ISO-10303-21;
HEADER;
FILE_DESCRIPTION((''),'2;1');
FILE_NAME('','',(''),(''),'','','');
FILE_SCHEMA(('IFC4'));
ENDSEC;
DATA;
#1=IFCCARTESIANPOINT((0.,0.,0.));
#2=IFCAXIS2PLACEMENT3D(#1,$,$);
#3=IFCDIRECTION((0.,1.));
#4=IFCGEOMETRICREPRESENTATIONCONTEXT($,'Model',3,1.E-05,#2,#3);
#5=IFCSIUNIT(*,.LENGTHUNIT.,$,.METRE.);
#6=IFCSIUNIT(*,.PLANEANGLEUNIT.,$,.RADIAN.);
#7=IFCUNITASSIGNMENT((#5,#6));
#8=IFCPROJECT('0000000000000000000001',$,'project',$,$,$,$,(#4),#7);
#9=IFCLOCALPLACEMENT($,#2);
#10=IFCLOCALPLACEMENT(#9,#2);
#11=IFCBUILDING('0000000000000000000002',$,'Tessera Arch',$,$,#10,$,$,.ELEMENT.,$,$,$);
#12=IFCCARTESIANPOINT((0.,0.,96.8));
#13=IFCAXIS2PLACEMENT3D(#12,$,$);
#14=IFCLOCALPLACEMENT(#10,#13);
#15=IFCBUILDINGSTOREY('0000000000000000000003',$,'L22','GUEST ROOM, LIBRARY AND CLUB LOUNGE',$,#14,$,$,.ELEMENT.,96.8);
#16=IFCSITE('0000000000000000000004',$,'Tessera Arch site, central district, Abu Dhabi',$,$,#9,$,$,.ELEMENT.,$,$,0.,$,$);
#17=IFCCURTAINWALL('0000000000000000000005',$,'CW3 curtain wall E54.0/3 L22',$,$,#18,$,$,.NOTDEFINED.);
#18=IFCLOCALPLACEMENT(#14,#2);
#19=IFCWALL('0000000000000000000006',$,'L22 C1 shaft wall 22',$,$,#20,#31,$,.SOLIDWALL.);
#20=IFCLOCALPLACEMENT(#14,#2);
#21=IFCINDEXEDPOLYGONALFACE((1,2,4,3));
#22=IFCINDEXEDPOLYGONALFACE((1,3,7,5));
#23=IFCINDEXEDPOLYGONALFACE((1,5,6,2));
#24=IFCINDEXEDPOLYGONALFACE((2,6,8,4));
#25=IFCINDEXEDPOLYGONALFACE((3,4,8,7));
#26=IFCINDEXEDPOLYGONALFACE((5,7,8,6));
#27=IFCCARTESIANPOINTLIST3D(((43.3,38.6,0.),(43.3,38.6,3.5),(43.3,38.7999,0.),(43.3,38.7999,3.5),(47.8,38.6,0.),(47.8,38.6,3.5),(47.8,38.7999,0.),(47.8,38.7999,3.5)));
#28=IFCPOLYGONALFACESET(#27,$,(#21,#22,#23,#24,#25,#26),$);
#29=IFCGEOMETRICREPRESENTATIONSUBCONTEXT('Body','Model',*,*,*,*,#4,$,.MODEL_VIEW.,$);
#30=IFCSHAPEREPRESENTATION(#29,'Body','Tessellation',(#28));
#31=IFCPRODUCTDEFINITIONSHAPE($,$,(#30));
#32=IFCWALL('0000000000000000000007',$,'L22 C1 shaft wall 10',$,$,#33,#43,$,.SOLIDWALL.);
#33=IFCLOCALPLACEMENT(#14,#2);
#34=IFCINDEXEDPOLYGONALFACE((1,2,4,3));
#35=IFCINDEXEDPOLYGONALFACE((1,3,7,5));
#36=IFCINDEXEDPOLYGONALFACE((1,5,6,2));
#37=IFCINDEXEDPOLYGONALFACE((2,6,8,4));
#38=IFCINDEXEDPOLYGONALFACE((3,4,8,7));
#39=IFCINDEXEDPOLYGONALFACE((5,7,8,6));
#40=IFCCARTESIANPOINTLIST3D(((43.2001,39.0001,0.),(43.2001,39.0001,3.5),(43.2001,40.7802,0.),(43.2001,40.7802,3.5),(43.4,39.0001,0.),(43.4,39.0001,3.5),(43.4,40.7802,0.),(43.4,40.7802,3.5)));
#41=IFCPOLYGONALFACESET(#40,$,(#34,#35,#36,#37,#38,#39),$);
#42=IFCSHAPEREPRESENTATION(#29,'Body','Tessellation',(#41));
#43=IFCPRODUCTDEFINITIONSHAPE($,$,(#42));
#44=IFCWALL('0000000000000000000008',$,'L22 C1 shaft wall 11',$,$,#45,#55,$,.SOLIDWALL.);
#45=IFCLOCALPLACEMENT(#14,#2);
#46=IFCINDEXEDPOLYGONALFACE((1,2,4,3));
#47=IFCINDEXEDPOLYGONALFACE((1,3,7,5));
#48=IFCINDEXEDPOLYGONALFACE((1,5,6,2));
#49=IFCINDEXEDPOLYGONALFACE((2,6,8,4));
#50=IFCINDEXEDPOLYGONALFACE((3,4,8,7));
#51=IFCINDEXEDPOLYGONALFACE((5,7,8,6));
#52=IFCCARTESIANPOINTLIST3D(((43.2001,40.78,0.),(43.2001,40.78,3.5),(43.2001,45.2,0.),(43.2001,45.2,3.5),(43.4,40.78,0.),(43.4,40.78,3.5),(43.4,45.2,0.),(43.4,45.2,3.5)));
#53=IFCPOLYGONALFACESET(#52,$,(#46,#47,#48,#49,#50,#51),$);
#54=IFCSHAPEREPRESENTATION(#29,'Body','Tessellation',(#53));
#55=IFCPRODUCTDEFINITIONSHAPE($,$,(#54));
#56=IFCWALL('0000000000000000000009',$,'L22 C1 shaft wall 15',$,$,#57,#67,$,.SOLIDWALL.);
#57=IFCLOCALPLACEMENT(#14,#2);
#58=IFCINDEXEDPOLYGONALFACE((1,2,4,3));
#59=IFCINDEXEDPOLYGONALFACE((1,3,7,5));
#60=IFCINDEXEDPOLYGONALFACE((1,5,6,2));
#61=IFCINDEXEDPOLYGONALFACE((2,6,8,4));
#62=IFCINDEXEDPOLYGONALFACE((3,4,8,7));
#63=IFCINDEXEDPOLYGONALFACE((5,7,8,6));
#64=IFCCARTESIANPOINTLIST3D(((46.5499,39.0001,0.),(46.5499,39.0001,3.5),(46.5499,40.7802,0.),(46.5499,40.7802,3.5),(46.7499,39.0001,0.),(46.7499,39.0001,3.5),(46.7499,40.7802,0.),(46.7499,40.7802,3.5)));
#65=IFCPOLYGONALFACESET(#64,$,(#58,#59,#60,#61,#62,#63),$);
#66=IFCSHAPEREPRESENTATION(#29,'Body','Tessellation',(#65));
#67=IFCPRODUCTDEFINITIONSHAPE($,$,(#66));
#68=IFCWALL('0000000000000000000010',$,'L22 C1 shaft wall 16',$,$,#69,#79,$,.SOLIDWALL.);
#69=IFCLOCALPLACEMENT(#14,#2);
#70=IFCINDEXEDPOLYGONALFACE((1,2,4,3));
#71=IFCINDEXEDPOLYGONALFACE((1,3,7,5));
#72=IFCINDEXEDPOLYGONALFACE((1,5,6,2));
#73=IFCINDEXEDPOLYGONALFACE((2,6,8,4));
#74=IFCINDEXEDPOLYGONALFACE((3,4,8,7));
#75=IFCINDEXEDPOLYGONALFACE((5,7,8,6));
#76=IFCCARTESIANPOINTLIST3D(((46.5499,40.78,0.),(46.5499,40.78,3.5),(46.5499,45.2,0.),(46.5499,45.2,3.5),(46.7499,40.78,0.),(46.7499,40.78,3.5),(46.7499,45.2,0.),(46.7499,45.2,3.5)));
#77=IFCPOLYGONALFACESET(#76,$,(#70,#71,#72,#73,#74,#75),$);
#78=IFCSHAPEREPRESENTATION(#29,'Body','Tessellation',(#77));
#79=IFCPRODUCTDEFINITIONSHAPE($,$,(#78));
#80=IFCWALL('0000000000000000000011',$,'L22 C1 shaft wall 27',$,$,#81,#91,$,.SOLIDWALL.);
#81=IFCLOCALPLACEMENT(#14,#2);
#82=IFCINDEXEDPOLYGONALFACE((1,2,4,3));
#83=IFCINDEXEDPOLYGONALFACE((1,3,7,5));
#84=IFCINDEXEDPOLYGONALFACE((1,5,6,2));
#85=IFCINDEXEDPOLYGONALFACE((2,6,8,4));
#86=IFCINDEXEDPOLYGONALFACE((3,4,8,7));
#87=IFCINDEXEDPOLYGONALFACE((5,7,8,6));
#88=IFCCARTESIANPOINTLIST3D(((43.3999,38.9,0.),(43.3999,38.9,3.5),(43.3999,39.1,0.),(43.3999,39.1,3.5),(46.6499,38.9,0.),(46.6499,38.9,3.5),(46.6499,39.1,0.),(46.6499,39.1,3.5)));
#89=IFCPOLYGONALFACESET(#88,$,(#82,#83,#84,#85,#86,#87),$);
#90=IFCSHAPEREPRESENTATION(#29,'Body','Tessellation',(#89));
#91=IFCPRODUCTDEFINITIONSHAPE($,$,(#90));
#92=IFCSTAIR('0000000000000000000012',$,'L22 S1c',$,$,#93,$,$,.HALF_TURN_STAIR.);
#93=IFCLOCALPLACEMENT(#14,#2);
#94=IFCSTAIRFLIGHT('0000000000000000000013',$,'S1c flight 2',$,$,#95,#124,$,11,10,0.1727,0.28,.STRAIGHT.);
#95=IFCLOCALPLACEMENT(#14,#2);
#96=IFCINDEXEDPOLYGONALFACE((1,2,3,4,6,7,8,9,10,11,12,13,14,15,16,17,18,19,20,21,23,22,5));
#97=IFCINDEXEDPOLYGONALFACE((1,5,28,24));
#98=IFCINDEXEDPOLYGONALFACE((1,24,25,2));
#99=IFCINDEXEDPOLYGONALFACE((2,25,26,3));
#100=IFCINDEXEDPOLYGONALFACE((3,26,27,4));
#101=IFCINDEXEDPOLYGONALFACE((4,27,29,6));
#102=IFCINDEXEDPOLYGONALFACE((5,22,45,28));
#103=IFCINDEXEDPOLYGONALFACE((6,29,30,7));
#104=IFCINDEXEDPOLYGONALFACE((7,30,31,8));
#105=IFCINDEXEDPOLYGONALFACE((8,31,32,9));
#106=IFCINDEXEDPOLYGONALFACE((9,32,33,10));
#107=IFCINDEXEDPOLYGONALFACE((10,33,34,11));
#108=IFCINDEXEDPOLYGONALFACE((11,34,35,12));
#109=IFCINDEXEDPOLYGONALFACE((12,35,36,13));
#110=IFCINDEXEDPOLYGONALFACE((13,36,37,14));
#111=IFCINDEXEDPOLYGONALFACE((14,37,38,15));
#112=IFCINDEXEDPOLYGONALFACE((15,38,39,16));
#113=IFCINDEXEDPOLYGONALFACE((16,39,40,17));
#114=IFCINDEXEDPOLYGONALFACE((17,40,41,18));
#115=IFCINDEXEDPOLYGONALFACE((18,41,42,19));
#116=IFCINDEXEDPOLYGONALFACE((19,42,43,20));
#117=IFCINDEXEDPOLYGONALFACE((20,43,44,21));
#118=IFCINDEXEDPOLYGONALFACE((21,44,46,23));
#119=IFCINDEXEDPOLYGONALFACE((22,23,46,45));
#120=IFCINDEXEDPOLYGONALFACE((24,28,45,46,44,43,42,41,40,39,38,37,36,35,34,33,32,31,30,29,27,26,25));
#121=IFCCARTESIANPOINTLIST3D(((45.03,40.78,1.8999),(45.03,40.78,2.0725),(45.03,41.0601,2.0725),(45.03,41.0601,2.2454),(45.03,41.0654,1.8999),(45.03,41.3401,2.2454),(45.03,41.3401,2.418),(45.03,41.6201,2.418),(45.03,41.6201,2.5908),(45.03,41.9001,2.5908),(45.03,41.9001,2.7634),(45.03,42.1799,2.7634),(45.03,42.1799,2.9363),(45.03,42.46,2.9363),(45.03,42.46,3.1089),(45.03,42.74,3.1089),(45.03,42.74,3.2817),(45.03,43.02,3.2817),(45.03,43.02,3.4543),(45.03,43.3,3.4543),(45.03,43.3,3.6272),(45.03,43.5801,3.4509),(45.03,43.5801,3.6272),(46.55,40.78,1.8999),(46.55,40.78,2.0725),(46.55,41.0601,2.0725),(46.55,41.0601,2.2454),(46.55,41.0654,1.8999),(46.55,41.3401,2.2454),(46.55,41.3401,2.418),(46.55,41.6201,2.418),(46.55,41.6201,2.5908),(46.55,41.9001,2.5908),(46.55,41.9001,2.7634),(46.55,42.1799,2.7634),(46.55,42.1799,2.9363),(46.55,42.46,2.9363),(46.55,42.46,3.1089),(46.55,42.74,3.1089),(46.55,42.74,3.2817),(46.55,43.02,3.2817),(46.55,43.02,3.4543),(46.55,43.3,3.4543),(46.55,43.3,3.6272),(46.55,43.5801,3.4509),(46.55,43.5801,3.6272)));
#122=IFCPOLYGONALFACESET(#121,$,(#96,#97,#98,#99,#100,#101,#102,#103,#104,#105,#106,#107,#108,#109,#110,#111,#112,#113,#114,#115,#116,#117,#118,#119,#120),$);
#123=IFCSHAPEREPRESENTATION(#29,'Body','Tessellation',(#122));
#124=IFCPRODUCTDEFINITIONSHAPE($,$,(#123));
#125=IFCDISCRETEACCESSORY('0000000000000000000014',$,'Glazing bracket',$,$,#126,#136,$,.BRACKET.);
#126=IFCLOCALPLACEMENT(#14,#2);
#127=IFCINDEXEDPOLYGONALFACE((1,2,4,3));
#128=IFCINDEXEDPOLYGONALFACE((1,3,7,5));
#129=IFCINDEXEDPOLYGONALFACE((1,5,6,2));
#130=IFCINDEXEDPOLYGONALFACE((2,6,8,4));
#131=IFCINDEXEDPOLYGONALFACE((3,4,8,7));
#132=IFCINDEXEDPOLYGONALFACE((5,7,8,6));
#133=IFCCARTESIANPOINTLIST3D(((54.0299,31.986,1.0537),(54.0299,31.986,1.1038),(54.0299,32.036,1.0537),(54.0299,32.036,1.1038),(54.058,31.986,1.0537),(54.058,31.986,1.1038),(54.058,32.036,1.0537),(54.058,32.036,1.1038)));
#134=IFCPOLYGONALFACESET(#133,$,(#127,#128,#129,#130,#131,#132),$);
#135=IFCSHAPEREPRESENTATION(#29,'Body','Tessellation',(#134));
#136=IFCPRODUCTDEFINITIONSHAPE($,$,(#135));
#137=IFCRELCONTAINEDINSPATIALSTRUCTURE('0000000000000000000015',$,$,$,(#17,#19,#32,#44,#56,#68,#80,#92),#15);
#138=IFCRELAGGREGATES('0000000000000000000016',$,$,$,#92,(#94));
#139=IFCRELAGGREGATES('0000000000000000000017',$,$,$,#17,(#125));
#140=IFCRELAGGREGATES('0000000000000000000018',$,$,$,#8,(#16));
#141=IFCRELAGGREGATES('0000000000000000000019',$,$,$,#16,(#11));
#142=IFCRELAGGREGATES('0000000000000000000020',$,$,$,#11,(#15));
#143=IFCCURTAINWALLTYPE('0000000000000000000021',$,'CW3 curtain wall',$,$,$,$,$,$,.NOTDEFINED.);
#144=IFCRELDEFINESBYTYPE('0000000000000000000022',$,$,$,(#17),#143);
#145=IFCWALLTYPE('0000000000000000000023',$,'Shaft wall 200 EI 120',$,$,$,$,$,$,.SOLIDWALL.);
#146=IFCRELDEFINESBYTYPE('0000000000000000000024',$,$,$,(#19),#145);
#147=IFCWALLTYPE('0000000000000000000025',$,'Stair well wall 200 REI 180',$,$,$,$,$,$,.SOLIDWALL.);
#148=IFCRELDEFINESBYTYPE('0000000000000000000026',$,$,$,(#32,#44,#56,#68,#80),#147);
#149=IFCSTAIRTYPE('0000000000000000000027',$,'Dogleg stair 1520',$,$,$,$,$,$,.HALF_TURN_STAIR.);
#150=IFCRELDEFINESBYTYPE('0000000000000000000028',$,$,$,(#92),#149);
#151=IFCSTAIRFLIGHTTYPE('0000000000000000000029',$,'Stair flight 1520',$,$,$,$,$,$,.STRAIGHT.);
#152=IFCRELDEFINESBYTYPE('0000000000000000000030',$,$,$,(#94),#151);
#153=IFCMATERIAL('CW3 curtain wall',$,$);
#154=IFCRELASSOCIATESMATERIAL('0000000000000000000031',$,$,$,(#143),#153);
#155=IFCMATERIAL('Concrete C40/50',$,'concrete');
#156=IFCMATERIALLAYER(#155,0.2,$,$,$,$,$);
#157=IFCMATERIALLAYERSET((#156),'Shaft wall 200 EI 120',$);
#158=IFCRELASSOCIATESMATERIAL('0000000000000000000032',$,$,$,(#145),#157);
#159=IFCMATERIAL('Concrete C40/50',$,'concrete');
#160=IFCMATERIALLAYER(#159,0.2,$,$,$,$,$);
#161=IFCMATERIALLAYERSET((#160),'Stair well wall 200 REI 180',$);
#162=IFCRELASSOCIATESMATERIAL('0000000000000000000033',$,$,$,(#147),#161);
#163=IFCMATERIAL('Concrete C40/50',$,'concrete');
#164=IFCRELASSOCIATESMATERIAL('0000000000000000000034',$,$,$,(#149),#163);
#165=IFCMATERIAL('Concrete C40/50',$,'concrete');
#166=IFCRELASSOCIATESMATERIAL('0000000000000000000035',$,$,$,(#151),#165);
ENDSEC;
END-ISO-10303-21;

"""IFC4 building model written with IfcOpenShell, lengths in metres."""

from ifc_helpers import new_model, si_unit, direction, frame, frame_2d, origin, origin_2d, place, context, subcontext, project, spatial, polyline, rectangle, outline, extrude, material, layer, layer_set, type_object, element, aggregate, save


model = new_model("IFC4")

# Units and contexts
model_context = context("Model", 3, precision=1e-05, world=origin(), true_north=direction((0.0, 1.0)))
body_context = subcontext(model_context, "Body", "Model", "MODEL_VIEW")
ifc_project = project(units=[si_unit("LENGTHUNIT", "METRE"), si_unit("PLANEANGLEUNIT", "RADIAN")], contexts=[model_context])

# Site, building, storey
site_placement = place(None, origin())
site = spatial("IfcSite", under=ifc_project, at=site_placement, Name="Tessera Arch site, central district, Abu Dhabi", CompositionType="ELEMENT", RefElevation=0.0)
building_placement = place(site_placement, origin())
building = spatial("IfcBuilding", under=site, at=building_placement, Name="Tessera Arch", CompositionType="ELEMENT")
storey_placement = place(building_placement, frame((0.0, 0.0, 96.8)))
storey = spatial("IfcBuildingStorey", under=building, at=storey_placement, Name="L22", Description="GUEST ROOM, LIBRARY AND CLUB LOUNGE", CompositionType="ELEMENT", Elevation=96.8)

# Curtain wall
ifc_material_1 = material(Name="CW3 curtain wall")
curtain_wall_type_1 = type_object("IfcCurtainWallType", Name="CW3 curtain wall", PredefinedType="NOTDEFINED", material=ifc_material_1)
curtain_wall_1_placement = place(storey_placement, origin())
curtain_wall_1 = element("IfcCurtainWall", 1, at=curtain_wall_1_placement, inside=storey, type_object=curtain_wall_type_1, Name="CW3 curtain wall E54.0/3 L22", PredefinedType="NOTDEFINED")

# Shared definitions
ifc_material_2 = material(Name="Concrete C40/50", Category="concrete")
ifc_layer_1 = layer(ifc_material_2, 0.2)
ifc_layer_set_1 = layer_set([ifc_layer_1], Name="Shaft wall 200 EI 120")
wall_type_1 = type_object("IfcWallType", Name="Shaft wall 200 EI 120", PredefinedType="SOLIDWALL", material=ifc_layer_set_1)

# Walls
wall_1_placement = place(storey_placement, frame((43.3, 38.7, 0.0), z_axis=(0.0, 0.0, 1.0), x_axis=(1.0, 0.0, 0.0)))
element("IfcWall", 2, at=wall_1_placement, inside=storey, type_object=wall_type_1, Name="L22 C1 shaft wall 22", PredefinedType="SOLIDWALL", context=body_context, shape_type="SweptSolid", body=[
    extrude(rectangle(XDim=4.5, YDim=0.2, at=frame_2d((2.25, 0.0))), origin(), (0.0, 0.0, 1.0), 3.5),
])
ifc_material_3 = material(Name="Concrete C40/50", Category="concrete")
ifc_layer_2 = layer(ifc_material_3, 0.2)
ifc_layer_set_2 = layer_set([ifc_layer_2], Name="Stair well wall 200 REI 180")
wall_type_2 = type_object("IfcWallType", Name="Stair well wall 200 REI 180", PredefinedType="SOLIDWALL", material=ifc_layer_set_2)
wall_2_placement = place(storey_placement, frame((43.3, 39.0, 0.0), z_axis=(0.0, 0.0, 1.0), x_axis=(0.0, 1.0, 0.0)))
element("IfcWall", 3, at=wall_2_placement, inside=storey, type_object=wall_type_2, Name="L22 C1 shaft wall 10", PredefinedType="SOLIDWALL", context=body_context, shape_type="SweptSolid", body=[
    extrude(rectangle(XDim=1.78, YDim=0.2, at=frame_2d((0.8901, 0.0))), origin(), (0.0, 0.0, 1.0), 3.5),
])
wall_3_placement = place(storey_placement, frame((43.3, 40.78, 0.0), z_axis=(0.0, 0.0, 1.0), x_axis=(0.0, 1.0, 0.0)))
element("IfcWall", 4, at=wall_3_placement, inside=storey, type_object=wall_type_2, Name="L22 C1 shaft wall 11", PredefinedType="SOLIDWALL", context=body_context, shape_type="SweptSolid", body=[
    extrude(rectangle(XDim=4.4199, YDim=0.2, at=frame_2d((2.21, 0.0))), origin(), (0.0, 0.0, 1.0), 3.5),
])
wall_4_placement = place(storey_placement, frame((46.6499, 39.0, 0.0), z_axis=(0.0, 0.0, 1.0), x_axis=(0.0, 1.0, 0.0)))
element("IfcWall", 5, at=wall_4_placement, inside=storey, type_object=wall_type_2, Name="L22 C1 shaft wall 15", PredefinedType="SOLIDWALL", context=body_context, shape_type="SweptSolid", body=[
    extrude(rectangle(XDim=1.78, YDim=0.2, at=frame_2d((0.8901, 0.0))), origin(), (0.0, 0.0, 1.0), 3.5),
])
wall_5_placement = place(storey_placement, frame((46.6499, 40.78, 0.0), z_axis=(0.0, 0.0, 1.0), x_axis=(0.0, 1.0, 0.0)))
element("IfcWall", 6, at=wall_5_placement, inside=storey, type_object=wall_type_2, Name="L22 C1 shaft wall 16", PredefinedType="SOLIDWALL", context=body_context, shape_type="SweptSolid", body=[
    extrude(rectangle(XDim=4.4199, YDim=0.2, at=frame_2d((2.21, 0.0))), origin(), (0.0, 0.0, 1.0), 3.5),
])
wall_6_placement = place(storey_placement, frame((43.3999, 39.0, 0.0), z_axis=(0.0, 0.0, 1.0), x_axis=(1.0, 0.0, 0.0)))
element("IfcWall", 7, at=wall_6_placement, inside=storey, type_object=wall_type_2, Name="L22 C1 shaft wall 27", PredefinedType="SOLIDWALL", context=body_context, shape_type="SweptSolid", body=[
    extrude(rectangle(XDim=3.25, YDim=0.2, at=frame_2d((1.625, 0.0))), origin(), (0.0, 0.0, 1.0), 3.5),
])

# Stair, stair flight
ifc_material_4 = material(Name="Concrete C40/50", Category="concrete")
stair_type = type_object("IfcStairType", Name="Dogleg stair 1520", PredefinedType="HALF_TURN_STAIR", material=ifc_material_4)
stair_placement = place(storey_placement, origin())
stair = element("IfcStair", 8, at=stair_placement, inside=storey, type_object=stair_type, Name="L22 S1c", PredefinedType="HALF_TURN_STAIR")
ifc_material_5 = material(Name="Concrete C40/50", Category="concrete")
stair_flight_type = type_object("IfcStairFlightType", Name="Stair flight 1520", PredefinedType="STRAIGHT", material=ifc_material_5)
stair_flight_placement = place(storey_placement, frame((45.79, 40.78, 1.8999), z_axis=(0.0, 0.0, 1.0), x_axis=(0.0, 1.0, 0.0)))
stair_flight = element("IfcStairFlight", 9, at=stair_flight_placement, type_object=stair_flight_type, Name="S1c flight 2", NumberOfRisers=11, NumberOfTreads=10, PredefinedType="STRAIGHT", RiserHeight=0.1727, TreadLength=0.28, context=body_context, shape_type="SweptSolid", body=[
    extrude(outline(polyline([(0.0, 0.0), (0.0, 0.1726), (0.28, 0.1726), (0.28, 0.3455), (0.5601, 0.3455), (0.5601, 0.5181), (0.8401, 0.5181), (0.8401, 0.6909), (1.1201, 0.6909), (1.1201, 0.8635), (1.3999, 0.8635), (1.3999, 1.0364), (1.6799, 1.0364), (1.6799, 1.209), (1.96, 1.209), (1.96, 1.3818), (2.24, 1.3818), (2.24, 1.5544), (2.52, 1.5544), (2.52, 1.7273), (2.8, 1.7273), (2.8, 1.8999), (2.8, 1.551), (0.2854, 0.0), (0.0, 0.0)])), frame((0.0, 0.76, 0.0), z_axis=(0.0, -1.0, 0.0), x_axis=(1.0, 0.0, 0.0)), (0.0, 0.0, 1.0), 1.52),
])
aggregate(stair, [stair_flight])

# Discrete accessory
discrete_accessory_placement = place(storey_placement, frame((54.0439, 32.011, 1.0537), z_axis=(0.0, 0.0, 1.0), x_axis=(0.0, 1.0, 0.0)))
discrete_accessory = element("IfcDiscreteAccessory", 10, at=discrete_accessory_placement, Name="Glazing bracket", PredefinedType="BRACKET", context=body_context, shape_type="SweptSolid", body=[
    extrude(rectangle(XDim=0.05, YDim=0.0281, at=origin_2d()), origin(), (0.0, 0.0, 1.0), 0.05),
])
aggregate(curtain_wall_1, [discrete_accessory])

save(model, "model.ifc")
